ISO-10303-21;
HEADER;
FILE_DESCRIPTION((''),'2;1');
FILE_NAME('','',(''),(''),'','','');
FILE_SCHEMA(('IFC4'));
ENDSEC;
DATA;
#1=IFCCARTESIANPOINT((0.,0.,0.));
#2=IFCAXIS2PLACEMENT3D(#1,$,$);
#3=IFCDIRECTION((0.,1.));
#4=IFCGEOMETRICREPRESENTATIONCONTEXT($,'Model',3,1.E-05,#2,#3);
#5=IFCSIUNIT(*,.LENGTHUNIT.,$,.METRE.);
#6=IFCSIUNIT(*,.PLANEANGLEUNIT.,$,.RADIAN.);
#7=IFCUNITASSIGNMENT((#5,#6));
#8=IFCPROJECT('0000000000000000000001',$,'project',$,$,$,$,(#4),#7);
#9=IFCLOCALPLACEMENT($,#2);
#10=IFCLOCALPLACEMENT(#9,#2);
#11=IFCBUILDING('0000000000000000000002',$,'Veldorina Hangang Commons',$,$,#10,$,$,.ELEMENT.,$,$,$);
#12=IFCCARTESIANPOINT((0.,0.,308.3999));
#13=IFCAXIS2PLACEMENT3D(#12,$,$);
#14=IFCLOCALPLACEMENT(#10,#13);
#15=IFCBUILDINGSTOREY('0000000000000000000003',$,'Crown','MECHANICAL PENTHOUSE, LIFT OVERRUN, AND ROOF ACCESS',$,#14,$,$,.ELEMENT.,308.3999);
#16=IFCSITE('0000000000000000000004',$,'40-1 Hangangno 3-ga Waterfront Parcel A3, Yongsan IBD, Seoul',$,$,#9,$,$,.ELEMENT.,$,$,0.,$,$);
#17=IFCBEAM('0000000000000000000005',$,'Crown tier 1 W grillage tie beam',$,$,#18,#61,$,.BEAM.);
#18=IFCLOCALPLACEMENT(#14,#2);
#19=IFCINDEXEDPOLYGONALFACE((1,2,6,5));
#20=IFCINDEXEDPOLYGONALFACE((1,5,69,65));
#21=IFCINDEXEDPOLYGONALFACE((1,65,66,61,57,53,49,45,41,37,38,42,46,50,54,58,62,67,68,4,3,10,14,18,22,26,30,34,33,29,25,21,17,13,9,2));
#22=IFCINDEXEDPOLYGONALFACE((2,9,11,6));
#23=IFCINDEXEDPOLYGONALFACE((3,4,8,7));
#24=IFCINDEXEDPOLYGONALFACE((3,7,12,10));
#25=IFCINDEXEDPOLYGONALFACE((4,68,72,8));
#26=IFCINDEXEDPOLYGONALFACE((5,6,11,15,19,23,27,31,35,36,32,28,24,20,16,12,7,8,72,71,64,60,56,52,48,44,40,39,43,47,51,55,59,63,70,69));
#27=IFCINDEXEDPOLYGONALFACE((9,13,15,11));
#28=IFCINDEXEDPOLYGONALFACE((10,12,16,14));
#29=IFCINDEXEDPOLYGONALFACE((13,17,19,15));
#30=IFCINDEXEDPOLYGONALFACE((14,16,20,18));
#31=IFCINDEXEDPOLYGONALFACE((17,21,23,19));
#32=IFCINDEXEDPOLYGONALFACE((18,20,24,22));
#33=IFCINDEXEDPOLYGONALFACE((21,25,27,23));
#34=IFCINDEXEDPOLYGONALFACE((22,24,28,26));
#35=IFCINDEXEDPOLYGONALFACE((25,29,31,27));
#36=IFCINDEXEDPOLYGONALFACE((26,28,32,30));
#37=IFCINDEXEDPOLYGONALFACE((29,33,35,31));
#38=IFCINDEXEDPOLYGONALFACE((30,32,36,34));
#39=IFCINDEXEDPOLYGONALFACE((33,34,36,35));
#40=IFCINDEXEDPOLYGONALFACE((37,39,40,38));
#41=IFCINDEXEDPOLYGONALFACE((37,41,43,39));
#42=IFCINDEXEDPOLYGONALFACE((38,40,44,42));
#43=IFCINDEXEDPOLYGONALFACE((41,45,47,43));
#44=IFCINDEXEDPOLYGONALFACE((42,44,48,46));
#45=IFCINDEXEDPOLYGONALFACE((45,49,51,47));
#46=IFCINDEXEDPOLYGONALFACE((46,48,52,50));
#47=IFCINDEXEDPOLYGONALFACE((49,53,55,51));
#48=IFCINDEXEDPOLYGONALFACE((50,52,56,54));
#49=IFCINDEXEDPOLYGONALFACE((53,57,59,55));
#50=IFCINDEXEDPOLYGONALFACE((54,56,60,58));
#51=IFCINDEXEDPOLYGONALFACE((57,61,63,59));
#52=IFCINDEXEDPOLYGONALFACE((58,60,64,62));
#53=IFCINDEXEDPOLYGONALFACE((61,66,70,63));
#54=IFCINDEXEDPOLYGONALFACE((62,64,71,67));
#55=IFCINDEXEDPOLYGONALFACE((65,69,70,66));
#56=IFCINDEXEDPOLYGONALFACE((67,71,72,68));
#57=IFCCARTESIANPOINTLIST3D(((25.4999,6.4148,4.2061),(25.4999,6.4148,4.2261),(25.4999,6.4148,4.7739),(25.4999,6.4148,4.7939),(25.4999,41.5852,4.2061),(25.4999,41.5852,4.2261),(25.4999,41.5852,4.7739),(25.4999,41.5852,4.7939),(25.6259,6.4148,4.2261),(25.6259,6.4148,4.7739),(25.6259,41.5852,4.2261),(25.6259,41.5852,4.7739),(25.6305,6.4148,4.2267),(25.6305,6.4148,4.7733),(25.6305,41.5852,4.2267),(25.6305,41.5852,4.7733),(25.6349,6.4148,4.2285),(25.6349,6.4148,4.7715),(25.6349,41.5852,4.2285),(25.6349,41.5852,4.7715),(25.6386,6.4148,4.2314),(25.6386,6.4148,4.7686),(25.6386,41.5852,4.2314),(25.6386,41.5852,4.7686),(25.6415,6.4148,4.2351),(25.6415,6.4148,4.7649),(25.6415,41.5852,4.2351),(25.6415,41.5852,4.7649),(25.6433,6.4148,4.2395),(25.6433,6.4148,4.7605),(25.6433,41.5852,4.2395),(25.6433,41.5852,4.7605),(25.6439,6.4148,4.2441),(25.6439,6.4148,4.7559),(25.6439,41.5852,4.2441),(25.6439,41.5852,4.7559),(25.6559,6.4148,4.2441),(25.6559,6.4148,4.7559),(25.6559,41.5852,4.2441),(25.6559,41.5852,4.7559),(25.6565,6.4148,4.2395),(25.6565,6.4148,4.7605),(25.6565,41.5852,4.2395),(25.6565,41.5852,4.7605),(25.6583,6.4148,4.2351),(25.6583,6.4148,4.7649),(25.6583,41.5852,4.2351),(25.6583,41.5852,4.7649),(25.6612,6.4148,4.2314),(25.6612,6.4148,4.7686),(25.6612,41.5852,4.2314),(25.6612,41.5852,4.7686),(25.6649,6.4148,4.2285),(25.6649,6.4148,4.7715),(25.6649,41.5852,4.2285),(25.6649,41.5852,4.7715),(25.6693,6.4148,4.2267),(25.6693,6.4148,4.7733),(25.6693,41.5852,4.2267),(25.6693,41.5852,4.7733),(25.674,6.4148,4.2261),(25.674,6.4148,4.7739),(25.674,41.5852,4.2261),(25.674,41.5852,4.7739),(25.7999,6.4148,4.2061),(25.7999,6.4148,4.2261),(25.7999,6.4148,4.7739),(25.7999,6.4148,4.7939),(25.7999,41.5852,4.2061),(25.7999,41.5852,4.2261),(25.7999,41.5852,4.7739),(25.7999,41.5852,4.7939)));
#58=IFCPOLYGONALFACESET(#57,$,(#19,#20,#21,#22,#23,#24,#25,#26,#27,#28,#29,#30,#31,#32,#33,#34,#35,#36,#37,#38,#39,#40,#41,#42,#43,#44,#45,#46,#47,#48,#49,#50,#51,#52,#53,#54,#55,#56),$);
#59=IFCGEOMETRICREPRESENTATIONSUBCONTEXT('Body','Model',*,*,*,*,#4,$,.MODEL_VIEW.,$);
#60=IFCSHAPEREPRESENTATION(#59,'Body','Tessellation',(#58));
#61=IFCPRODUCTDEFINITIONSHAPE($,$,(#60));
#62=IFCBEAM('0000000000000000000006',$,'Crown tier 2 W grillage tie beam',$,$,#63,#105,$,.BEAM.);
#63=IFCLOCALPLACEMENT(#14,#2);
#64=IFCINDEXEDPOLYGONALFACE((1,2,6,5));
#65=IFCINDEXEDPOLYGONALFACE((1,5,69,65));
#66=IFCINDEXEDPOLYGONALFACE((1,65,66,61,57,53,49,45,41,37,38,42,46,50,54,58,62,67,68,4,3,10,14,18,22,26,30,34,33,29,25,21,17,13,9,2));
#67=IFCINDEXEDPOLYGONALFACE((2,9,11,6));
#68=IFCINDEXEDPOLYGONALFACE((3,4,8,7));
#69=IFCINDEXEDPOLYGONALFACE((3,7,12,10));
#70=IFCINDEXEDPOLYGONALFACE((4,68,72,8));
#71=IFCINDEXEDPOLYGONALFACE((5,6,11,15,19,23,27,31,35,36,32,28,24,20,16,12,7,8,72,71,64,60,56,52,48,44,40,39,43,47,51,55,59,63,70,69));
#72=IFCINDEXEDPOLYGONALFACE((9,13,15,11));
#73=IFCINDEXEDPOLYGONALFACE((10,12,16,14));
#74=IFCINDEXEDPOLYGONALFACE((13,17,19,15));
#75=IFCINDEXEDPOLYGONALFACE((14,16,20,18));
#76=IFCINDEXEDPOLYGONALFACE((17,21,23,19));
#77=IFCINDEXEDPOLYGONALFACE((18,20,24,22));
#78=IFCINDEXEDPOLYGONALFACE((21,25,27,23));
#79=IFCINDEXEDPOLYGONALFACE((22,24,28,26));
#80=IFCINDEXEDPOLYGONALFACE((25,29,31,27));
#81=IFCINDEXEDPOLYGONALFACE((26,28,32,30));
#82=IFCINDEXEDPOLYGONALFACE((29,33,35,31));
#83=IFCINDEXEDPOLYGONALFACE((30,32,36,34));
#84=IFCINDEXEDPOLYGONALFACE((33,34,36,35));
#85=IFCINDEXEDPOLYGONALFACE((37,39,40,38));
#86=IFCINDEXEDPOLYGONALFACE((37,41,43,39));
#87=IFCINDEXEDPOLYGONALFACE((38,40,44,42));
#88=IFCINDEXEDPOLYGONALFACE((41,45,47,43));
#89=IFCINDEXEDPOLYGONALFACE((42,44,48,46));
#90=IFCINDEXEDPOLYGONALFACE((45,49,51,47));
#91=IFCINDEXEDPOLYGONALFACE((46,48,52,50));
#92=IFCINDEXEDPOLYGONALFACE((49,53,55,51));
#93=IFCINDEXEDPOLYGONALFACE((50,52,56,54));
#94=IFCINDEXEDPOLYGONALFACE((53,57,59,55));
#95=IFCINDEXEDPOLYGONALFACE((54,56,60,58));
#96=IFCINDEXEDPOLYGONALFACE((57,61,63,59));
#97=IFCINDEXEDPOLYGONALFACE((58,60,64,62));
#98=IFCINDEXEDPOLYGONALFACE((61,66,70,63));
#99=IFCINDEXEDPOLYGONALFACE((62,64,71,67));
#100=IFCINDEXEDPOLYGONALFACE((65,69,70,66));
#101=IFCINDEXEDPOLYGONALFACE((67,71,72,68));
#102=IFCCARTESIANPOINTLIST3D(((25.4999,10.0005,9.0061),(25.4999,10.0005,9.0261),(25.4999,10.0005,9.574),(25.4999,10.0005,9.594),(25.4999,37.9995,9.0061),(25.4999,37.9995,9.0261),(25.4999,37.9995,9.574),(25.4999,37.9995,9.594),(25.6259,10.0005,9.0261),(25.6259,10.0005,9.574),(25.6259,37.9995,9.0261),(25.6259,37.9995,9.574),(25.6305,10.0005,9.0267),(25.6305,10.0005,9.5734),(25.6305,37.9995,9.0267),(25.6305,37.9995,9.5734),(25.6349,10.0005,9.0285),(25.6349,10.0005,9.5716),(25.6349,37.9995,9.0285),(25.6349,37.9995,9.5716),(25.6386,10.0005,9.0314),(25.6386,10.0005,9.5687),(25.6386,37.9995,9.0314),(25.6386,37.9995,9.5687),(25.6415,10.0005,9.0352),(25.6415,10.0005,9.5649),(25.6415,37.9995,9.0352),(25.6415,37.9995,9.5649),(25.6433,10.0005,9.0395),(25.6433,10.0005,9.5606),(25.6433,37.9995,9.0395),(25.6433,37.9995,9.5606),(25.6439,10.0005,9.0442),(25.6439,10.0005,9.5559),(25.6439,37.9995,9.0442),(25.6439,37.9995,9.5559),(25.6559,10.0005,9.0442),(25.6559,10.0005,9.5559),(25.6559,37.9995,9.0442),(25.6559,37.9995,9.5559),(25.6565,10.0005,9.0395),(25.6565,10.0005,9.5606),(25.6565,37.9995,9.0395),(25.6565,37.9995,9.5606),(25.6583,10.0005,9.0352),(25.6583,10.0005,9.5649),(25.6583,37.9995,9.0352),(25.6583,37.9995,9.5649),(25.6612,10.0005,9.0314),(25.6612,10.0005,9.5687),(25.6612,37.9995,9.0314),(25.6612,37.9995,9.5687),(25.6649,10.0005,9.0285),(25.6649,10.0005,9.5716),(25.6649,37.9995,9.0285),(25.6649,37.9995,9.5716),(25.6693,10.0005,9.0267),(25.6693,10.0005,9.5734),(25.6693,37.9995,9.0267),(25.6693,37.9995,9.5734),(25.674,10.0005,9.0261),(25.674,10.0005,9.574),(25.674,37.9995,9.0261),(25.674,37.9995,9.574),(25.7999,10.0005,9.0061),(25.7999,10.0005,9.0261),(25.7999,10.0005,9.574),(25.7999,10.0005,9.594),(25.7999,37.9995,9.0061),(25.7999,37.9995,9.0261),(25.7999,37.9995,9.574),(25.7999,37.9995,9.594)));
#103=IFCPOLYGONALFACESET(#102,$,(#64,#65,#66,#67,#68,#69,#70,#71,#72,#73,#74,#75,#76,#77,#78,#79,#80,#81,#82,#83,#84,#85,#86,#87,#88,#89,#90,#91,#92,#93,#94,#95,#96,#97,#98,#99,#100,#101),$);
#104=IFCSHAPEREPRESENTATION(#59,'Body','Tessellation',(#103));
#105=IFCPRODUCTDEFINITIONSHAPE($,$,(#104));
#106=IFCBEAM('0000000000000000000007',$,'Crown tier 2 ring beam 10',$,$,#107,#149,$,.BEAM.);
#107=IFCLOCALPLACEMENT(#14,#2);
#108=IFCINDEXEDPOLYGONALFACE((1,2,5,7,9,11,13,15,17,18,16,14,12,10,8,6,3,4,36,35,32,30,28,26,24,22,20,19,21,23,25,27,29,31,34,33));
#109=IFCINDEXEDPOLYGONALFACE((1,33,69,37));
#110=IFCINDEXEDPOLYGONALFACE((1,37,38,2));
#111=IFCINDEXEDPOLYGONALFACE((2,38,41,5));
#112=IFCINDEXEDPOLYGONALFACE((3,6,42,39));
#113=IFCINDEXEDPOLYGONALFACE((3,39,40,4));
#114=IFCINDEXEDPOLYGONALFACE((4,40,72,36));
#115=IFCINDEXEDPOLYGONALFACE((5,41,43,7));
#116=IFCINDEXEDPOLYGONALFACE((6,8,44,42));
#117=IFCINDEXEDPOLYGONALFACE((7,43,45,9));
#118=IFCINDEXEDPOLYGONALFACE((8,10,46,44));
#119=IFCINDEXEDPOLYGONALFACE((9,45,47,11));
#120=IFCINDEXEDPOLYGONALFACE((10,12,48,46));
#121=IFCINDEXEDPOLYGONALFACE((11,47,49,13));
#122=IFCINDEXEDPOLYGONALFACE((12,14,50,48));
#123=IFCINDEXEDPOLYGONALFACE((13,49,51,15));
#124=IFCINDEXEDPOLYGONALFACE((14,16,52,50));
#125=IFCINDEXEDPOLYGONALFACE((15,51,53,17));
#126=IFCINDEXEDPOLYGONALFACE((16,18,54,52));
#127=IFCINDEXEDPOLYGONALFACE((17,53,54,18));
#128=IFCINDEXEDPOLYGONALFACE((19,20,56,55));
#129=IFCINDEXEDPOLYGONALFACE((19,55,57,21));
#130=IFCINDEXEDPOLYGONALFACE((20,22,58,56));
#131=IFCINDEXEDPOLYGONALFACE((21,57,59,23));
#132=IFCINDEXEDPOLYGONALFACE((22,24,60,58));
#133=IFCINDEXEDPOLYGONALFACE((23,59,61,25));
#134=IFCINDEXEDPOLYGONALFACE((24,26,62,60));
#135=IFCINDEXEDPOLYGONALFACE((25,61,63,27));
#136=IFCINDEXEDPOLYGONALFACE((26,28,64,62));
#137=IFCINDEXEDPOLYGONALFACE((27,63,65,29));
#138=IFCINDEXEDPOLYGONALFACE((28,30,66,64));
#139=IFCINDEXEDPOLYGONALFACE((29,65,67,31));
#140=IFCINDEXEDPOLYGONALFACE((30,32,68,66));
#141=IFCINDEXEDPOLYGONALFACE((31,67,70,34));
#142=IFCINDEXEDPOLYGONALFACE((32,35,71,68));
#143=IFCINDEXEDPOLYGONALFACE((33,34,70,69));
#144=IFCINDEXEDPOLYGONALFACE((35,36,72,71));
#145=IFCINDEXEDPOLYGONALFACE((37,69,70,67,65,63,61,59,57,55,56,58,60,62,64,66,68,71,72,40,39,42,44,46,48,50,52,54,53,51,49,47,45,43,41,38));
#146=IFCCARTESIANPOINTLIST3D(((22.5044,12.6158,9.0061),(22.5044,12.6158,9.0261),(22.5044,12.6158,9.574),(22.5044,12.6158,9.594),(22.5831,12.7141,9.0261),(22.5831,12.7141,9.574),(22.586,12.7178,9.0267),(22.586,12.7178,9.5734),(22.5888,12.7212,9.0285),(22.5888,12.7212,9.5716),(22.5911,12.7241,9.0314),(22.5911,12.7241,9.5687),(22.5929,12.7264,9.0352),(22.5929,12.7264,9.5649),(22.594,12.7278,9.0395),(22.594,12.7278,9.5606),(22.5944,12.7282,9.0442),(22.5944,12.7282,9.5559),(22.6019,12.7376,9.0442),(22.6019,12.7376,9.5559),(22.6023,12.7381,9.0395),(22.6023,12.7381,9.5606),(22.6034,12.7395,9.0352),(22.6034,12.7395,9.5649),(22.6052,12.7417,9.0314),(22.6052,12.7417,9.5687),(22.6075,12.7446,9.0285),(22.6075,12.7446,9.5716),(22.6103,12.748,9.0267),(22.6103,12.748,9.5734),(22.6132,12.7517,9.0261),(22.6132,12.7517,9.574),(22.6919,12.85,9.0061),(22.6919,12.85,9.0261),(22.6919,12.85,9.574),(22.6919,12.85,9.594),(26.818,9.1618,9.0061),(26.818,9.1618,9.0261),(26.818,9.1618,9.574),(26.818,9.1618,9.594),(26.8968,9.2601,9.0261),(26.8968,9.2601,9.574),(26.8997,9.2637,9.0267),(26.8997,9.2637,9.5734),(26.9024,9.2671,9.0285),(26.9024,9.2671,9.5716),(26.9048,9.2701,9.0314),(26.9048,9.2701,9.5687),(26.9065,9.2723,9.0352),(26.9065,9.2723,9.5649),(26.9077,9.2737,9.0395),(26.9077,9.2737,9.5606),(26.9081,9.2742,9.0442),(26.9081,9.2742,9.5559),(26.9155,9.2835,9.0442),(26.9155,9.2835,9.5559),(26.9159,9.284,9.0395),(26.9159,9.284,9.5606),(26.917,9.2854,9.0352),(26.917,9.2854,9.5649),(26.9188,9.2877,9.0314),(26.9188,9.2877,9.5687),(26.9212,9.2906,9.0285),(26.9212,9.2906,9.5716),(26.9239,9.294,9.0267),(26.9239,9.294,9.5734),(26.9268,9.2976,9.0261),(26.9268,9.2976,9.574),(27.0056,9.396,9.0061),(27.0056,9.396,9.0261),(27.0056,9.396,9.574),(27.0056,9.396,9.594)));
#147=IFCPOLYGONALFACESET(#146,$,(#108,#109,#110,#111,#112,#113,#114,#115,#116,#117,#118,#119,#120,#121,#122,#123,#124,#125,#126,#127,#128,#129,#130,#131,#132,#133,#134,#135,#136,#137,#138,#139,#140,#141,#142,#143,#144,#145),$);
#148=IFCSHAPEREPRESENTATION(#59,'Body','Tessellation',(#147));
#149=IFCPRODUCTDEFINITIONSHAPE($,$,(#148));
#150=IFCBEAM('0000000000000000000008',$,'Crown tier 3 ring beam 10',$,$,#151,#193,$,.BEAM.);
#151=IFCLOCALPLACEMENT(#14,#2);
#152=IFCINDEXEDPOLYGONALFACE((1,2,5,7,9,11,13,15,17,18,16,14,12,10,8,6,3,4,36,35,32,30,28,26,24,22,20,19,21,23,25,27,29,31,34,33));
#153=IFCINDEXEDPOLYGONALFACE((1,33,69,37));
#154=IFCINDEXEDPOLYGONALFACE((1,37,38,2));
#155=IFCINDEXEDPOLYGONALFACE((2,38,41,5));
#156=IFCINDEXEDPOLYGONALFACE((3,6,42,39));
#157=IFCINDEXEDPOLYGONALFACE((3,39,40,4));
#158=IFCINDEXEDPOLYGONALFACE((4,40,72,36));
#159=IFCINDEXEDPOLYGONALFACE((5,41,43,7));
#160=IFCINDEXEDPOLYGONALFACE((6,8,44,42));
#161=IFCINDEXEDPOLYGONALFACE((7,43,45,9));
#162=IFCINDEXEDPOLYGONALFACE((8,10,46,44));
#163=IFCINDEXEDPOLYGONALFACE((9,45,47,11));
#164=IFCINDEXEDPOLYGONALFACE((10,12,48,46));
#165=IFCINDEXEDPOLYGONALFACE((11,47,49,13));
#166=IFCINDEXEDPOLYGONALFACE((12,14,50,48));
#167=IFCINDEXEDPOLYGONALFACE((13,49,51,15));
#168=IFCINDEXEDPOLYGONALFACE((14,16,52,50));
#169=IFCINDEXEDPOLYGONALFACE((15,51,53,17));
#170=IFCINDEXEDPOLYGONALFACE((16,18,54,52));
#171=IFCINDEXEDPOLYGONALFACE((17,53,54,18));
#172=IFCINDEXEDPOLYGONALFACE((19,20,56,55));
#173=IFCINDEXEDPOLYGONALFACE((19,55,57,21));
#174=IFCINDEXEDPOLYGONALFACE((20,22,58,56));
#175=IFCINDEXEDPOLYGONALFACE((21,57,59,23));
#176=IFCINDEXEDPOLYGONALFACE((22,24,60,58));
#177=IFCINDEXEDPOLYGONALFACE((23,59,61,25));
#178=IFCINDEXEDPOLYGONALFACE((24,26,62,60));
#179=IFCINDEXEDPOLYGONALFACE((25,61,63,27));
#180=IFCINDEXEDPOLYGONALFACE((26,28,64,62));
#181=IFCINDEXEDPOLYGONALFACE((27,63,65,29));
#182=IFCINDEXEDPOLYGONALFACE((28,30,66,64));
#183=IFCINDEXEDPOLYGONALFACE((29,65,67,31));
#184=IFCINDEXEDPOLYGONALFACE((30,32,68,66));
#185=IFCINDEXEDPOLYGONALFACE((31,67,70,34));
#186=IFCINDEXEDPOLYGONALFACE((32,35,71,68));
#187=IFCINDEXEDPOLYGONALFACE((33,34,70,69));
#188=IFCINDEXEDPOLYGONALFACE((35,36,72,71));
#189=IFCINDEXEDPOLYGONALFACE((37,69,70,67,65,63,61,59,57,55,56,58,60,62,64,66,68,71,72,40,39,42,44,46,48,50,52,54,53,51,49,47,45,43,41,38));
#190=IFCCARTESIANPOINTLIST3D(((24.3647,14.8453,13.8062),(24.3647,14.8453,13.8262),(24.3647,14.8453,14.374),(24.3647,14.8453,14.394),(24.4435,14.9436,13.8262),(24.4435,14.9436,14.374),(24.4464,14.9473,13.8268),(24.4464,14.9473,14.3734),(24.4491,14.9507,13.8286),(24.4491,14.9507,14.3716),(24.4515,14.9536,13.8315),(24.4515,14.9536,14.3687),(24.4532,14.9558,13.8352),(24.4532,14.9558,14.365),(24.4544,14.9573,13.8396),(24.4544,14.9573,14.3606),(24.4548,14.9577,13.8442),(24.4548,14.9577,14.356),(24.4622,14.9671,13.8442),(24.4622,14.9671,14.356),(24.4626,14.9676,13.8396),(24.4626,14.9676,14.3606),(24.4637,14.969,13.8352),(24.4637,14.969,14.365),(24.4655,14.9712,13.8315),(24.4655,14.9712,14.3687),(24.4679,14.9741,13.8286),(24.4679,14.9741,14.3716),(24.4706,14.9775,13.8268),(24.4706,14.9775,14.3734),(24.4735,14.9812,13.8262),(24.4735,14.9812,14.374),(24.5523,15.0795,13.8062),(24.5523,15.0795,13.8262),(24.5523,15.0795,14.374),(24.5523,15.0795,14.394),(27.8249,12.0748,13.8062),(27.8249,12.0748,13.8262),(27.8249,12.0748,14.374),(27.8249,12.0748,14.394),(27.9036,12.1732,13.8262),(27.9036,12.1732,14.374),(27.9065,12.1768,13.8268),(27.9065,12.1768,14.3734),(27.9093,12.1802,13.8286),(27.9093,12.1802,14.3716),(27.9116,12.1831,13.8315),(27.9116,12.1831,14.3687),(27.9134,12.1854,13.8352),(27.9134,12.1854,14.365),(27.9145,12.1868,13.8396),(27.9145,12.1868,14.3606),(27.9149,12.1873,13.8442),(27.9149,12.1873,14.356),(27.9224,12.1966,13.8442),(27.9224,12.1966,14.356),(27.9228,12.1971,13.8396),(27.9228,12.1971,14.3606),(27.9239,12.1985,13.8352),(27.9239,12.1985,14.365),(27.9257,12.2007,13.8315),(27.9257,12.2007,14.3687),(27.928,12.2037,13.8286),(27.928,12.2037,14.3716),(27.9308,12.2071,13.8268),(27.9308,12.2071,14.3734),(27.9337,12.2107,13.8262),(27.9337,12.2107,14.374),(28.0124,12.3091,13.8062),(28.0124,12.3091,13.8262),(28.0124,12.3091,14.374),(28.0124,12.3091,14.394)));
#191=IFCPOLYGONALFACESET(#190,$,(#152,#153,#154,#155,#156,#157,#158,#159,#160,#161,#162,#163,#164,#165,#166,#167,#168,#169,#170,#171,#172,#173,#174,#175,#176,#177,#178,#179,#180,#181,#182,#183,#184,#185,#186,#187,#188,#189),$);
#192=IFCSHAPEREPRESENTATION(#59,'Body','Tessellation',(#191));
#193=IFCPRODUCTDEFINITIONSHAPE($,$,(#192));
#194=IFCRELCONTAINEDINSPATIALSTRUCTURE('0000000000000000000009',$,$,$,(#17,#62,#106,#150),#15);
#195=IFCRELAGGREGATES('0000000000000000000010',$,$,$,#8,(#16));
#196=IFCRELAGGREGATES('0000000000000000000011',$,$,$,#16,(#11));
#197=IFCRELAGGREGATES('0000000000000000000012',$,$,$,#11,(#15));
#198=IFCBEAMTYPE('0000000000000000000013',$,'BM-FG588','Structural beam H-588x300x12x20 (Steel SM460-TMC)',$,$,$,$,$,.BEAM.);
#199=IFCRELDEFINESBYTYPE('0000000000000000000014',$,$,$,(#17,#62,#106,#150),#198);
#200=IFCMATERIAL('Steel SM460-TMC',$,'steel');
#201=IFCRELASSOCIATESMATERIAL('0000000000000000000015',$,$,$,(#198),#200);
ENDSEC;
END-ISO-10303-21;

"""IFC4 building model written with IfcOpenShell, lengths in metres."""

from ifc_helpers import new_model, si_unit, direction, frame, origin, origin_2d, place, context, subcontext, project, spatial, i_section, extrude, material, material_profile, profile_set, type_object, element, save


model = new_model("IFC4")

# Units and contexts
model_context = context("Model", 3, precision=1e-05, world=origin(), true_north=direction((0.0, 1.0)))
body_context = subcontext(model_context, "Body", "Model", "MODEL_VIEW")
ifc_project = project(units=[si_unit("LENGTHUNIT", "METRE"), si_unit("PLANEANGLEUNIT", "RADIAN")], contexts=[model_context])

# Site, building, storey
site_placement = place(None, origin())
site = spatial("IfcSite", under=ifc_project, at=site_placement, Name="40-1 Hangangno 3-ga Waterfront Parcel A3, Yongsan IBD, Seoul", CompositionType="ELEMENT", RefElevation=0.0)
building_placement = place(site_placement, origin())
building = spatial("IfcBuilding", under=site, at=building_placement, Name="Veldorina Hangang Commons", CompositionType="ELEMENT")
storey_placement = place(building_placement, frame((0.0, 0.0, 308.3999)))
storey = spatial("IfcBuildingStorey", under=building, at=storey_placement, Name="Crown", Description="MECHANICAL PENTHOUSE, LIFT OVERRUN, AND ROOF ACCESS", CompositionType="ELEMENT", Elevation=308.3999)

# Beams
ifc_material_1 = material(Name="Steel SM460-TMC", Category="steel")
ifc_material_profile_1 = material_profile(ifc_material_1, i_section(OverallWidth=0.3, OverallDepth=0.5879, WebThickness=0.012, FlangeThickness=0.02, FilletRadius=0.0181, at=origin_2d()), Name="H-588x300x12x20")
ifc_profile_set_1 = profile_set([ifc_material_profile_1], Name="Steel SM460-TMC")
beam_type = type_object("IfcBeamType", Name="BM-FG588", Description="Structural beam H-588x300x12x20 (Steel SM460-TMC)", PredefinedType="BEAM", material=ifc_profile_set_1)
beam_1_placement = place(storey_placement, frame((25.6499, 6.4148, 4.5), z_axis=(0.0, 1.0, 0.0), x_axis=(-1.0, 0.0, 0.0)))
element("IfcBeam", 1, at=beam_1_placement, inside=storey, type_object=beam_type, Name="Crown tier 1 W grillage tie beam", PredefinedType="BEAM", context=body_context, shape_type="SweptSolid", body=[
    extrude(i_section(OverallWidth=0.3, OverallDepth=0.5879, WebThickness=0.012, FlangeThickness=0.02, FilletRadius=0.0181, at=origin_2d()), origin(), (0.0, 0.0, 1.0), 35.1704),
])
beam_2_placement = place(storey_placement, frame((25.6499, 10.0005, 9.3), z_axis=(0.0, 1.0, 0.0), x_axis=(-1.0, 0.0, 0.0)))
element("IfcBeam", 2, at=beam_2_placement, inside=storey, type_object=beam_type, Name="Crown tier 2 W grillage tie beam", PredefinedType="BEAM", context=body_context, shape_type="SweptSolid", body=[
    extrude(i_section(OverallWidth=0.3, OverallDepth=0.5879, WebThickness=0.012, FlangeThickness=0.02, FilletRadius=0.0181, at=origin_2d()), origin(), (0.0, 0.0, 1.0), 27.999),
])
beam_3_placement = place(storey_placement, frame((22.5981, 12.7329, 9.3), z_axis=(0.780593, -0.62504, 0.0), x_axis=(0.62504, 0.780593, 0.0)))
element("IfcBeam", 3, at=beam_3_placement, inside=storey, type_object=beam_type, Name="Crown tier 2 ring beam 10", PredefinedType="BEAM", context=body_context, shape_type="SweptSolid", body=[
    extrude(i_section(OverallWidth=0.3, OverallDepth=0.5879, WebThickness=0.012, FlangeThickness=0.02, FilletRadius=0.0181, at=origin_2d()), origin(), (0.0, 0.0, 1.0), 5.5261),
])
beam_4_placement = place(storey_placement, frame((24.4585, 14.9624, 14.1001), z_axis=(0.780611, -0.625017, 0.0), x_axis=(0.625017, 0.780611, 0.0)))
element("IfcBeam", 4, at=beam_4_placement, inside=storey, type_object=beam_type, Name="Crown tier 3 ring beam 10", PredefinedType="BEAM", context=body_context, shape_type="SweptSolid", body=[
    extrude(i_section(OverallWidth=0.3, OverallDepth=0.5879, WebThickness=0.012, FlangeThickness=0.02, FilletRadius=0.0181, at=origin_2d()), origin(), (0.0, 0.0, 1.0), 4.4326),
])

save(model, "model.ifc")
